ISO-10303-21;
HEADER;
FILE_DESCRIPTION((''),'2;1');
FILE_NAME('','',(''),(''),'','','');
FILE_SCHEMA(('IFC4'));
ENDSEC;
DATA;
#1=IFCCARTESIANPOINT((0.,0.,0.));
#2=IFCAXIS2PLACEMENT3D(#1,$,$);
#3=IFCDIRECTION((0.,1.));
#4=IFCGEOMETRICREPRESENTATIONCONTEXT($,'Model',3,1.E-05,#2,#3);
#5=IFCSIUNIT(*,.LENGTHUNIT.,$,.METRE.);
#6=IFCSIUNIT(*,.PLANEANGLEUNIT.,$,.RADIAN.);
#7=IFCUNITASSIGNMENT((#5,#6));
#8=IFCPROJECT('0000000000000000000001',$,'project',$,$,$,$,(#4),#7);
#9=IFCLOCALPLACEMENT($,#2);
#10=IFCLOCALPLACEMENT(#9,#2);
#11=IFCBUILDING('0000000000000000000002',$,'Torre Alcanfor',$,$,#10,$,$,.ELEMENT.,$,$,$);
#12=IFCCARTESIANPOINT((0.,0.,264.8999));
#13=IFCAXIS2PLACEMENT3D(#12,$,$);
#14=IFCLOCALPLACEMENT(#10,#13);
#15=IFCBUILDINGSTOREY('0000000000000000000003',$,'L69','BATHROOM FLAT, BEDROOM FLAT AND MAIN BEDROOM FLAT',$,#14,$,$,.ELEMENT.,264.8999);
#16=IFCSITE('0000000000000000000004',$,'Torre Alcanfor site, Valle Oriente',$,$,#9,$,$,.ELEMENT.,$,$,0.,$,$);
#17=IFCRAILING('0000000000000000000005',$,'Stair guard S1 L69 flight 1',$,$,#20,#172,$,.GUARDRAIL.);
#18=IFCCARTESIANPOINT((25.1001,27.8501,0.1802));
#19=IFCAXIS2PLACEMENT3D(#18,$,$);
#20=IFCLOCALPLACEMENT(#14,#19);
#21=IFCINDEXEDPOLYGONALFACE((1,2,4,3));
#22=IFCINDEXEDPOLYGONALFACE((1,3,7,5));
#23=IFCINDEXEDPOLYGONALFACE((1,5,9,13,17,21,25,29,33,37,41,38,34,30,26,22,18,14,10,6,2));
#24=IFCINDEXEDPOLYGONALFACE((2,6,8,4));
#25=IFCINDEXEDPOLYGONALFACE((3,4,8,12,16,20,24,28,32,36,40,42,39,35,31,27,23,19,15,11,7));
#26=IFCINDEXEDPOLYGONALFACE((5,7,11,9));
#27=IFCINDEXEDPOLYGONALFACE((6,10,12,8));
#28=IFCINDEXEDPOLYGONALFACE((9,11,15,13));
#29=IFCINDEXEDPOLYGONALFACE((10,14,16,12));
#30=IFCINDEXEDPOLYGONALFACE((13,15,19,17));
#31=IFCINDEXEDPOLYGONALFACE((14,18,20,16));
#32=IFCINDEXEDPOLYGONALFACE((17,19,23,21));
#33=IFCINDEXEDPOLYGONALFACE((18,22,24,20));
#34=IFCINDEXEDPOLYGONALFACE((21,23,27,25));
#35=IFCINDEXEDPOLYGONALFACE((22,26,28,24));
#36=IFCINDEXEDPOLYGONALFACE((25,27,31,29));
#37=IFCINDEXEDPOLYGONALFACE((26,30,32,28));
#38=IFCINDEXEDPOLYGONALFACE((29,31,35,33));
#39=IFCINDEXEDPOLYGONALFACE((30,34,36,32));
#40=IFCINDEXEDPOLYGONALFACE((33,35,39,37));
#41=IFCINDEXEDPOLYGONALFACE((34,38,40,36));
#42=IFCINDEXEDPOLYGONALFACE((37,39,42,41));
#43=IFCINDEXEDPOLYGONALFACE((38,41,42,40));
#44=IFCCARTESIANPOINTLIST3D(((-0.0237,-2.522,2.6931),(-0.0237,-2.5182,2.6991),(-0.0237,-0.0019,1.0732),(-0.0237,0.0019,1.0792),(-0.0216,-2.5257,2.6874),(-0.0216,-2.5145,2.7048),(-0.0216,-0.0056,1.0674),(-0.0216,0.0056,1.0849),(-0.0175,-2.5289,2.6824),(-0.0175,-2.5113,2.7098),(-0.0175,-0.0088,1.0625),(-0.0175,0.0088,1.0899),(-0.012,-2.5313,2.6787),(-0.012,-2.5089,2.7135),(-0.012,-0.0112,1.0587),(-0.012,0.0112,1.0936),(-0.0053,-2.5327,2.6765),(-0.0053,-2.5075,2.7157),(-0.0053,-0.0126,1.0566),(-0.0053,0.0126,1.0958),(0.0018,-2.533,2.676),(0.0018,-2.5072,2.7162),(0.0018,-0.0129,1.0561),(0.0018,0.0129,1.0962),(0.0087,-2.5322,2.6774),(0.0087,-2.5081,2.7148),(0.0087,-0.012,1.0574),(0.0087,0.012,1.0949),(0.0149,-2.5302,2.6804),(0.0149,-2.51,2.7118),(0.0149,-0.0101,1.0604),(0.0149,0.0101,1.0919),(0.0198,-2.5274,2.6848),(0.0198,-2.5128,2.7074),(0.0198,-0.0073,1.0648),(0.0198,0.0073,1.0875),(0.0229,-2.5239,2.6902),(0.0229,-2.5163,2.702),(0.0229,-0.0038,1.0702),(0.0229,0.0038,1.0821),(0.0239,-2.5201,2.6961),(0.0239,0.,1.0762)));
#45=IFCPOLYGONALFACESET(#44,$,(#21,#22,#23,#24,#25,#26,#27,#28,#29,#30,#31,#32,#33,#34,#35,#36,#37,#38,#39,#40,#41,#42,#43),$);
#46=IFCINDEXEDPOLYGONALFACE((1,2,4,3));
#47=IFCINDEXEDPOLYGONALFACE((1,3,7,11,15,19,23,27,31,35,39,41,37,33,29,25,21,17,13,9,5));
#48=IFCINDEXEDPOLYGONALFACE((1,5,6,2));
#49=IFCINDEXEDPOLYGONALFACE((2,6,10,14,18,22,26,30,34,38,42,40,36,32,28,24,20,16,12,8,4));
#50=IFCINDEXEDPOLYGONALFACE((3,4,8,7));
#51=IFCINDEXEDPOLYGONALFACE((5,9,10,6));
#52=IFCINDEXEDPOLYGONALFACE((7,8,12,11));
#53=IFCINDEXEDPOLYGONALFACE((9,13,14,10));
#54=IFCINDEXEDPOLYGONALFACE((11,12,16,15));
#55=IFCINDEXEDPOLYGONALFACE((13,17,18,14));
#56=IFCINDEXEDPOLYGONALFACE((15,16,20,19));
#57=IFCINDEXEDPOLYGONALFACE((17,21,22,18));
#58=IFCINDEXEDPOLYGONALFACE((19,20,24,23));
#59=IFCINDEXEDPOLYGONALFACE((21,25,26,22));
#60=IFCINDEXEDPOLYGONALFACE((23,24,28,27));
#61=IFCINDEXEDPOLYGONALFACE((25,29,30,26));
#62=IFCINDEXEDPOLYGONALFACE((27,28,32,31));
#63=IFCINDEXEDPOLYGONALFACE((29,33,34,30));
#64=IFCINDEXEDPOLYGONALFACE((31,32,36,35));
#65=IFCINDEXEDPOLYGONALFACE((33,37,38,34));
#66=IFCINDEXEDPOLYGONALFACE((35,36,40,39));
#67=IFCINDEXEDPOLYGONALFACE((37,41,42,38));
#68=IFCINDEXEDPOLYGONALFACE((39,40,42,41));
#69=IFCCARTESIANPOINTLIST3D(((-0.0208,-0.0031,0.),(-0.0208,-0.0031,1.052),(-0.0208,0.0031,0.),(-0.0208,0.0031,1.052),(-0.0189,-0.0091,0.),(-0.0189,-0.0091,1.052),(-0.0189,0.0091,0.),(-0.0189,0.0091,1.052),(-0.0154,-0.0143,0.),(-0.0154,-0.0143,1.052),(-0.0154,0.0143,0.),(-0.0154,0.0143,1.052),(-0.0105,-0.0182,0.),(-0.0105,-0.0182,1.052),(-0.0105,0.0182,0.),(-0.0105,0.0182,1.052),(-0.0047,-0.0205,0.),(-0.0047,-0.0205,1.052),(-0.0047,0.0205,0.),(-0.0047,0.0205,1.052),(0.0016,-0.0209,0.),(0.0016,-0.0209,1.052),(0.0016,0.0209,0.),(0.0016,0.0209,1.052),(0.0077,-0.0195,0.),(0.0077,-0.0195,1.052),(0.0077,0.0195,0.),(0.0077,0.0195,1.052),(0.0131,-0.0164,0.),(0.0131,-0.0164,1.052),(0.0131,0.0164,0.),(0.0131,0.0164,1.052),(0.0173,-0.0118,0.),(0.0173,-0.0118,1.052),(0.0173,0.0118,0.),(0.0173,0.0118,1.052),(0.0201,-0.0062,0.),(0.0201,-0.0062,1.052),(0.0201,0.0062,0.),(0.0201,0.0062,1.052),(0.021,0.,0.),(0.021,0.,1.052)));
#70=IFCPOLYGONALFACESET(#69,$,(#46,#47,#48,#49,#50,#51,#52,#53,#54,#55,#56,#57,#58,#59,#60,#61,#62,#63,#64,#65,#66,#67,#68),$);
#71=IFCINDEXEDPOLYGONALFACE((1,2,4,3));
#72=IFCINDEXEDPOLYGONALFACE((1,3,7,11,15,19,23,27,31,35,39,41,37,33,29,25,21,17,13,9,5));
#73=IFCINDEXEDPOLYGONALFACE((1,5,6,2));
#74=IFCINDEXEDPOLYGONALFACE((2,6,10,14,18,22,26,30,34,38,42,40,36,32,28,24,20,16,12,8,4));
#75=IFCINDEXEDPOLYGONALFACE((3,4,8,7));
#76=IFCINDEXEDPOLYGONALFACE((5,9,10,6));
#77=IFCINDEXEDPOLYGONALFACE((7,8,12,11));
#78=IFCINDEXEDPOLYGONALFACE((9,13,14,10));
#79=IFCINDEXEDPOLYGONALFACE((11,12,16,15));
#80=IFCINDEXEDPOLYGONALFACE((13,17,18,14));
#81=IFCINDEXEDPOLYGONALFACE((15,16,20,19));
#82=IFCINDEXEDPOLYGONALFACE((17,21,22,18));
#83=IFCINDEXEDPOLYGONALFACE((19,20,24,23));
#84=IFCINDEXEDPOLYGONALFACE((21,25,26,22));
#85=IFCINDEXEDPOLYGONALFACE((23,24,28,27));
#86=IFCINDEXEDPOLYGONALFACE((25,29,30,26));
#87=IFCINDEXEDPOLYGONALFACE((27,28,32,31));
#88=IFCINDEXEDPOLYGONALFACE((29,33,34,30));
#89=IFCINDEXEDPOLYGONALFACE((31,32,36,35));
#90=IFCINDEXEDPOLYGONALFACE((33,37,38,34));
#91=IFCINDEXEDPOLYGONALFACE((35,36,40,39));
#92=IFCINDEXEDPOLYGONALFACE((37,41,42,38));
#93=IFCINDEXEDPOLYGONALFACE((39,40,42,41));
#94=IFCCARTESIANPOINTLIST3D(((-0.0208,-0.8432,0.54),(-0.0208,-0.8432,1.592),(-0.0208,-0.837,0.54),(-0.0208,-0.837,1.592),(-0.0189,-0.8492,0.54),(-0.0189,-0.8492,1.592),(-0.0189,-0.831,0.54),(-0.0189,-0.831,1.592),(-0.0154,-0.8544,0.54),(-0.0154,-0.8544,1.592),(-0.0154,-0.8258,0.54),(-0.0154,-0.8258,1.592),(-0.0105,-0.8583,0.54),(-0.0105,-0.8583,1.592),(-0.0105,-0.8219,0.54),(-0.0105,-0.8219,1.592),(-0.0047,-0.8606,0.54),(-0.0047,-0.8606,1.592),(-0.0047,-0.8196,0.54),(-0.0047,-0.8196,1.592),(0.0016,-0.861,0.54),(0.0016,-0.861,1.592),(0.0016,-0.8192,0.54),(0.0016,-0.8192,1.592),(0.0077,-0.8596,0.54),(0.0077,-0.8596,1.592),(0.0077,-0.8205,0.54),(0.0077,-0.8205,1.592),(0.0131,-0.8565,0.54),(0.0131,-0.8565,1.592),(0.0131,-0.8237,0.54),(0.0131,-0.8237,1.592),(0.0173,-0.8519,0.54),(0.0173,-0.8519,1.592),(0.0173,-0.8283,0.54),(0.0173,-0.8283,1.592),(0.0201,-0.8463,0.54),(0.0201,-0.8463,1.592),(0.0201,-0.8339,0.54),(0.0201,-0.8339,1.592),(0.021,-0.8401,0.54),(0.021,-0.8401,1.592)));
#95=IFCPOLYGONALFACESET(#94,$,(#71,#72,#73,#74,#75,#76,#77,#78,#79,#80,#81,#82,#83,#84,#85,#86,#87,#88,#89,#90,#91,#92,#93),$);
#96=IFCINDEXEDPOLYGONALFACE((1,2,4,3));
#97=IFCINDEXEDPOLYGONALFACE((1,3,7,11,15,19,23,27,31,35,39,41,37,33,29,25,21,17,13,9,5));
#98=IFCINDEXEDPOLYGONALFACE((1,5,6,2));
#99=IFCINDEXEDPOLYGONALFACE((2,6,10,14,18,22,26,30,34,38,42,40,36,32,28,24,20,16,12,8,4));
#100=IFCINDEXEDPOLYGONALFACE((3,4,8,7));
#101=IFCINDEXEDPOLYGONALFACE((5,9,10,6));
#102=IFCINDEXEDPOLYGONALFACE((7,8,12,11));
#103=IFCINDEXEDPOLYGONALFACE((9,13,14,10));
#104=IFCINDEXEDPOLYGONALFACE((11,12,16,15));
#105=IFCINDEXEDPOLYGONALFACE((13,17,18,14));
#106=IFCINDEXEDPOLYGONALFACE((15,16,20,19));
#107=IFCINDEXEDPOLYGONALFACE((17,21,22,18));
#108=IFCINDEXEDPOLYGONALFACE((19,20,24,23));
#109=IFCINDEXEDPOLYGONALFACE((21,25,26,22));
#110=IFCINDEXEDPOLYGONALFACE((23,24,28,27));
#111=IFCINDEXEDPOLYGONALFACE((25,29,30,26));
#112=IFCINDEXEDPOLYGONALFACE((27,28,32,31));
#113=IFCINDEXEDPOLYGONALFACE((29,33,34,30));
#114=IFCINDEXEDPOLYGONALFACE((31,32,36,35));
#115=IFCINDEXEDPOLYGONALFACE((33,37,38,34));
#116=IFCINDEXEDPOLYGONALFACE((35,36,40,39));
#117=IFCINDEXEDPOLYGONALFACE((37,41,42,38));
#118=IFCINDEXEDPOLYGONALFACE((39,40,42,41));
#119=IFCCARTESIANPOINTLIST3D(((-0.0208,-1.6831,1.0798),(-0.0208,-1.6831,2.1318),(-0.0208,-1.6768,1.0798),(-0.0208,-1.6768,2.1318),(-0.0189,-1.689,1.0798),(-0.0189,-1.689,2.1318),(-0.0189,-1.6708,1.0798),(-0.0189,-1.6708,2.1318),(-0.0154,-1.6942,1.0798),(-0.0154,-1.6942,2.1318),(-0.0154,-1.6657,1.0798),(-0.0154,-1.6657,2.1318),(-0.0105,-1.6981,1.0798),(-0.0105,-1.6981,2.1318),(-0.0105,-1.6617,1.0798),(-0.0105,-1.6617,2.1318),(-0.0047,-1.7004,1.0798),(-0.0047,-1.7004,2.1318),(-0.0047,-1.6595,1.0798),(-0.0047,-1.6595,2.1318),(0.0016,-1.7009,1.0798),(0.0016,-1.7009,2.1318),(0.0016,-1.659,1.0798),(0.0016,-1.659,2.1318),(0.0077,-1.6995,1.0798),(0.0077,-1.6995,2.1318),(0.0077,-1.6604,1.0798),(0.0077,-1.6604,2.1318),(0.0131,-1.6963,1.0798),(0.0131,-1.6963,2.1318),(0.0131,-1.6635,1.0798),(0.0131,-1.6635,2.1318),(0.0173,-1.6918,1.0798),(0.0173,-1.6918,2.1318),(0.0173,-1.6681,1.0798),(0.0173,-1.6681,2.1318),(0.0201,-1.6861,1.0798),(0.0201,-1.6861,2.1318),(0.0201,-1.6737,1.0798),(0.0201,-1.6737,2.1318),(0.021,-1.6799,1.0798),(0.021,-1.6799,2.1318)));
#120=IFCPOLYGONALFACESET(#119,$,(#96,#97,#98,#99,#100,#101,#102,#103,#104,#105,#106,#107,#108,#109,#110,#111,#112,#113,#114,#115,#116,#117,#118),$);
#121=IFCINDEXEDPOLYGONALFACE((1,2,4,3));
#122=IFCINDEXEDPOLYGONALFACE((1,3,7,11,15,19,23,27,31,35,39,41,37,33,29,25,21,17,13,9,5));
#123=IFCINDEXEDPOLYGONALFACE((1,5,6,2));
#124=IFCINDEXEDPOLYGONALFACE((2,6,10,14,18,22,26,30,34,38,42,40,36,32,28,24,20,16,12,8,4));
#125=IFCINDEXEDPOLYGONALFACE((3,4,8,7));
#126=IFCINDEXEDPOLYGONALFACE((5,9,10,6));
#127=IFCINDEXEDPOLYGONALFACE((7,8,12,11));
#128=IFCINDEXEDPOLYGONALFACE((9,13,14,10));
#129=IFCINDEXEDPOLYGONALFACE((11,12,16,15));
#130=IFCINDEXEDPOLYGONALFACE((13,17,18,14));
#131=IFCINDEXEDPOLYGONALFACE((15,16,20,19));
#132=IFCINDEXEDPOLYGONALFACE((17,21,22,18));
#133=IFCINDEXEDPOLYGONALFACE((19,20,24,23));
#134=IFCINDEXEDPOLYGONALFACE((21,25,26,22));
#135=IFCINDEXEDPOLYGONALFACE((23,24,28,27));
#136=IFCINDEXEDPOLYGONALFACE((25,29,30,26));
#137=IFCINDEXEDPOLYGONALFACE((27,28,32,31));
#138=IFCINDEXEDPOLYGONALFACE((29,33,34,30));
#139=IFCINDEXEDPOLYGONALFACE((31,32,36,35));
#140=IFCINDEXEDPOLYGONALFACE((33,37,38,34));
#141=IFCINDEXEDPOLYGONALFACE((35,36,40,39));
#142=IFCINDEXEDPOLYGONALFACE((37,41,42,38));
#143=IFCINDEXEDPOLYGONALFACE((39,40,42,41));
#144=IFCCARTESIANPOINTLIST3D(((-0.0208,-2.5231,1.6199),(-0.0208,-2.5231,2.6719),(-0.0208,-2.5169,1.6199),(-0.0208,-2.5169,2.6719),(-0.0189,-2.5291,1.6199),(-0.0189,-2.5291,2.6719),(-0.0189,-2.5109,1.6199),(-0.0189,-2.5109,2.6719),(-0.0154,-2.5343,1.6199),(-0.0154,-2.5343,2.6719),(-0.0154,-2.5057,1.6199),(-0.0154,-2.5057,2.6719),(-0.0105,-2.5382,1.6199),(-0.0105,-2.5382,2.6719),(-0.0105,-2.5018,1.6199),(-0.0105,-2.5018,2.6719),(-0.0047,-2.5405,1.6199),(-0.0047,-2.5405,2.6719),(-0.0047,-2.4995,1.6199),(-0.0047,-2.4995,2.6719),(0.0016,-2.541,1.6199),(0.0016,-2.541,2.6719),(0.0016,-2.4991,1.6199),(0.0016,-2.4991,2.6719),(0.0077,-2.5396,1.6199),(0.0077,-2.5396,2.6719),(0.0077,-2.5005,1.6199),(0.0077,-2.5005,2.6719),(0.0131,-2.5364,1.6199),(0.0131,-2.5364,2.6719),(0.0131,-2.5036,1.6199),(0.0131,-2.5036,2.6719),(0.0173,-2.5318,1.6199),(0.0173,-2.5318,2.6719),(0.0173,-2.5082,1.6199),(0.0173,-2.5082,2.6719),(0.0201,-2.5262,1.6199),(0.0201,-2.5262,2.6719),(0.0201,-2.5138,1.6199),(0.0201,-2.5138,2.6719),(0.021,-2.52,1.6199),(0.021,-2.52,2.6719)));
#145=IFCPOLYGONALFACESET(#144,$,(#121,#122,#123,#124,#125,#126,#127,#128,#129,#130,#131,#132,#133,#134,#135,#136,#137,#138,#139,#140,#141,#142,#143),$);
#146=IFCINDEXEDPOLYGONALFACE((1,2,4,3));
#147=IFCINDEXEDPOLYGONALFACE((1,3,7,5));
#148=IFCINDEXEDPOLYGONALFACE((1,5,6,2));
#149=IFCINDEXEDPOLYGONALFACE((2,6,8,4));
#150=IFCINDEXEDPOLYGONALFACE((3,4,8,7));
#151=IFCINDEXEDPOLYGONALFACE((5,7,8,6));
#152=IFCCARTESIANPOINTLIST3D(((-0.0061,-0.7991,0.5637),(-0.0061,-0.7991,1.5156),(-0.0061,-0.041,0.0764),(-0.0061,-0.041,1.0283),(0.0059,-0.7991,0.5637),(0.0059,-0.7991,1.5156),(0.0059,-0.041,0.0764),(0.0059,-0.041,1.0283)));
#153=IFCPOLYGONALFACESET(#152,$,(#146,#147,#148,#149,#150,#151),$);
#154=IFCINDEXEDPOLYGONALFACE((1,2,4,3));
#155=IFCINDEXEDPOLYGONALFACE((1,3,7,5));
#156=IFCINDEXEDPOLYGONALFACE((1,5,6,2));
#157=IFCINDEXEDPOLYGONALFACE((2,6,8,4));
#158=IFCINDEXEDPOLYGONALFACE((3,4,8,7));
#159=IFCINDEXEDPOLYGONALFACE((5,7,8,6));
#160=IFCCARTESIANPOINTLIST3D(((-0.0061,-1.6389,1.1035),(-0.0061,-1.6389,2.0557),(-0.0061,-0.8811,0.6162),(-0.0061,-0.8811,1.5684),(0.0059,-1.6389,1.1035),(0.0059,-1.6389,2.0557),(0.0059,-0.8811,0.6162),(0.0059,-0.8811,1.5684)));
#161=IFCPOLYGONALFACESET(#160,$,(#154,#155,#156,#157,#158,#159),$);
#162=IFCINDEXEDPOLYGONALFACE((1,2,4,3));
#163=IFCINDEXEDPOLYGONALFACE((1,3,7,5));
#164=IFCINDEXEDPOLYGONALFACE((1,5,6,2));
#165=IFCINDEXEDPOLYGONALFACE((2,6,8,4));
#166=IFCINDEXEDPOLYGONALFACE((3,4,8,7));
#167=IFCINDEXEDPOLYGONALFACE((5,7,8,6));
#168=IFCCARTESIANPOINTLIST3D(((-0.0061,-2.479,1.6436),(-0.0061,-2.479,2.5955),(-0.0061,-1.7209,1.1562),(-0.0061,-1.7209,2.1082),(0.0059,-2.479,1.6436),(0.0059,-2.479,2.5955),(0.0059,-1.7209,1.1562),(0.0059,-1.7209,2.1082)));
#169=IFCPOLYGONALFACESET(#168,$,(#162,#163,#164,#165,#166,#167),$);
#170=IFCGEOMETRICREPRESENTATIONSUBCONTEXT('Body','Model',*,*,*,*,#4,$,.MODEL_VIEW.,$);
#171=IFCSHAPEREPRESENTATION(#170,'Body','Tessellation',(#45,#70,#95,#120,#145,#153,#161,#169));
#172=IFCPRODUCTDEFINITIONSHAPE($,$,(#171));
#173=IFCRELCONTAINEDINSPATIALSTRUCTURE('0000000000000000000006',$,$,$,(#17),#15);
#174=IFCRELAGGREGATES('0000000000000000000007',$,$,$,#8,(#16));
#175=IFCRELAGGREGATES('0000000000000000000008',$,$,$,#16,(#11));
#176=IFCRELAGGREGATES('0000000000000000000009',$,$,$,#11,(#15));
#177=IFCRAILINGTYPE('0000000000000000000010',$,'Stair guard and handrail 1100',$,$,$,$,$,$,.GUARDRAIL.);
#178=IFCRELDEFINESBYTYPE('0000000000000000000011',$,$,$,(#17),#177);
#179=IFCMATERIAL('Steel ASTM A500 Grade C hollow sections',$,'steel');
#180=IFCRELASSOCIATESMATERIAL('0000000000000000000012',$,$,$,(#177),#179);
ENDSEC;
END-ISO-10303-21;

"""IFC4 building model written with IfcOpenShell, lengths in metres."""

from ifc_helpers import new_model, si_unit, direction, frame, origin, origin_2d, place, context, subcontext, project, spatial, polyline, circle, outline, extrude, material, type_object, element, save


model = new_model("IFC4")

# Units and contexts
model_context = context("Model", 3, precision=1e-05, world=origin(), true_north=direction((0.0, 1.0)))
body_context = subcontext(model_context, "Body", "Model", "MODEL_VIEW")
ifc_project = project(units=[si_unit("LENGTHUNIT", "METRE"), si_unit("PLANEANGLEUNIT", "RADIAN")], contexts=[model_context])

# Site, building, storey
site_placement = place(None, origin())
site = spatial("IfcSite", under=ifc_project, at=site_placement, Name="Torre Alcanfor site, Valle Oriente", CompositionType="ELEMENT", RefElevation=0.0)
building_placement = place(site_placement, origin())
building = spatial("IfcBuilding", under=site, at=building_placement, Name="Torre Alcanfor", CompositionType="ELEMENT")
storey_placement = place(building_placement, frame((0.0, 0.0, 264.8999)))
storey = spatial("IfcBuildingStorey", under=building, at=storey_placement, Name="L69", Description="BATHROOM FLAT, BEDROOM FLAT AND MAIN BEDROOM FLAT", CompositionType="ELEMENT", Elevation=264.8999)

# Railing
ifc_material_1 = material(Name="Steel ASTM A500 Grade C hollow sections", Category="steel")
railing_type_1 = type_object("IfcRailingType", Name="Stair guard and handrail 1100", PredefinedType="GUARDRAIL", material=ifc_material_1)
railing_1_placement = place(storey_placement, frame((25.1001, 27.8501, 0.1802)))
element("IfcRailing", 1, at=railing_1_placement, inside=storey, type_object=railing_type_1, Name="Stair guard S1 L69 flight 1", PredefinedType="GUARDRAIL", context=body_context, shape_type="SweptSolid", body=[
    extrude(circle(Radius=0.0239, at=origin_2d()), frame((0.0, 0.0, 1.0762), z_axis=(0.0, -0.8412, 0.540725), x_axis=(1.0, 0.0, 0.0)), (0.0, 0.0, 1.0), 2.9958),
    extrude(circle(Radius=0.021, at=origin_2d()), origin(), (0.0, 0.0, 1.0), 1.052),
    extrude(circle(Radius=0.021, at=origin_2d()), frame((0.0, -0.8401, 0.54)), (0.0, 0.0, 1.0), 1.052),
    extrude(circle(Radius=0.021, at=origin_2d()), frame((0.0, -1.6799, 1.0798)), (0.0, 0.0, 1.0), 1.052),
    extrude(circle(Radius=0.021, at=origin_2d()), frame((0.0, -2.52, 1.6199)), (0.0, 0.0, 1.0), 1.052),
    extrude(outline(polyline([(0.041, 0.0764), (0.7991, 0.5637), (0.7991, 1.5156), (0.041, 1.0283), (0.041, 0.0764)])), frame((0.0059, 0.0, 0.0), z_axis=(-1.0, 0.0, 0.0), x_axis=(0.0, -1.0, 0.0)), (0.0, 0.0, 1.0), 0.012),
    extrude(outline(polyline([(0.8811, 0.6162), (1.6389, 1.1035), (1.6389, 2.0557), (0.8811, 1.5684), (0.8811, 0.6162)])), frame((0.0059, 0.0, 0.0), z_axis=(-1.0, 0.0, 0.0), x_axis=(0.0, -1.0, 0.0)), (0.0, 0.0, 1.0), 0.012),
    extrude(outline(polyline([(1.7209, 1.1562), (2.479, 1.6436), (2.479, 2.5955), (1.7209, 2.1082), (1.7209, 1.1562)])), frame((0.0059, 0.0, 0.0), z_axis=(-1.0, 0.0, 0.0), x_axis=(0.0, -1.0, 0.0)), (0.0, 0.0, 1.0), 0.012),
])

save(model, "model.ifc")
